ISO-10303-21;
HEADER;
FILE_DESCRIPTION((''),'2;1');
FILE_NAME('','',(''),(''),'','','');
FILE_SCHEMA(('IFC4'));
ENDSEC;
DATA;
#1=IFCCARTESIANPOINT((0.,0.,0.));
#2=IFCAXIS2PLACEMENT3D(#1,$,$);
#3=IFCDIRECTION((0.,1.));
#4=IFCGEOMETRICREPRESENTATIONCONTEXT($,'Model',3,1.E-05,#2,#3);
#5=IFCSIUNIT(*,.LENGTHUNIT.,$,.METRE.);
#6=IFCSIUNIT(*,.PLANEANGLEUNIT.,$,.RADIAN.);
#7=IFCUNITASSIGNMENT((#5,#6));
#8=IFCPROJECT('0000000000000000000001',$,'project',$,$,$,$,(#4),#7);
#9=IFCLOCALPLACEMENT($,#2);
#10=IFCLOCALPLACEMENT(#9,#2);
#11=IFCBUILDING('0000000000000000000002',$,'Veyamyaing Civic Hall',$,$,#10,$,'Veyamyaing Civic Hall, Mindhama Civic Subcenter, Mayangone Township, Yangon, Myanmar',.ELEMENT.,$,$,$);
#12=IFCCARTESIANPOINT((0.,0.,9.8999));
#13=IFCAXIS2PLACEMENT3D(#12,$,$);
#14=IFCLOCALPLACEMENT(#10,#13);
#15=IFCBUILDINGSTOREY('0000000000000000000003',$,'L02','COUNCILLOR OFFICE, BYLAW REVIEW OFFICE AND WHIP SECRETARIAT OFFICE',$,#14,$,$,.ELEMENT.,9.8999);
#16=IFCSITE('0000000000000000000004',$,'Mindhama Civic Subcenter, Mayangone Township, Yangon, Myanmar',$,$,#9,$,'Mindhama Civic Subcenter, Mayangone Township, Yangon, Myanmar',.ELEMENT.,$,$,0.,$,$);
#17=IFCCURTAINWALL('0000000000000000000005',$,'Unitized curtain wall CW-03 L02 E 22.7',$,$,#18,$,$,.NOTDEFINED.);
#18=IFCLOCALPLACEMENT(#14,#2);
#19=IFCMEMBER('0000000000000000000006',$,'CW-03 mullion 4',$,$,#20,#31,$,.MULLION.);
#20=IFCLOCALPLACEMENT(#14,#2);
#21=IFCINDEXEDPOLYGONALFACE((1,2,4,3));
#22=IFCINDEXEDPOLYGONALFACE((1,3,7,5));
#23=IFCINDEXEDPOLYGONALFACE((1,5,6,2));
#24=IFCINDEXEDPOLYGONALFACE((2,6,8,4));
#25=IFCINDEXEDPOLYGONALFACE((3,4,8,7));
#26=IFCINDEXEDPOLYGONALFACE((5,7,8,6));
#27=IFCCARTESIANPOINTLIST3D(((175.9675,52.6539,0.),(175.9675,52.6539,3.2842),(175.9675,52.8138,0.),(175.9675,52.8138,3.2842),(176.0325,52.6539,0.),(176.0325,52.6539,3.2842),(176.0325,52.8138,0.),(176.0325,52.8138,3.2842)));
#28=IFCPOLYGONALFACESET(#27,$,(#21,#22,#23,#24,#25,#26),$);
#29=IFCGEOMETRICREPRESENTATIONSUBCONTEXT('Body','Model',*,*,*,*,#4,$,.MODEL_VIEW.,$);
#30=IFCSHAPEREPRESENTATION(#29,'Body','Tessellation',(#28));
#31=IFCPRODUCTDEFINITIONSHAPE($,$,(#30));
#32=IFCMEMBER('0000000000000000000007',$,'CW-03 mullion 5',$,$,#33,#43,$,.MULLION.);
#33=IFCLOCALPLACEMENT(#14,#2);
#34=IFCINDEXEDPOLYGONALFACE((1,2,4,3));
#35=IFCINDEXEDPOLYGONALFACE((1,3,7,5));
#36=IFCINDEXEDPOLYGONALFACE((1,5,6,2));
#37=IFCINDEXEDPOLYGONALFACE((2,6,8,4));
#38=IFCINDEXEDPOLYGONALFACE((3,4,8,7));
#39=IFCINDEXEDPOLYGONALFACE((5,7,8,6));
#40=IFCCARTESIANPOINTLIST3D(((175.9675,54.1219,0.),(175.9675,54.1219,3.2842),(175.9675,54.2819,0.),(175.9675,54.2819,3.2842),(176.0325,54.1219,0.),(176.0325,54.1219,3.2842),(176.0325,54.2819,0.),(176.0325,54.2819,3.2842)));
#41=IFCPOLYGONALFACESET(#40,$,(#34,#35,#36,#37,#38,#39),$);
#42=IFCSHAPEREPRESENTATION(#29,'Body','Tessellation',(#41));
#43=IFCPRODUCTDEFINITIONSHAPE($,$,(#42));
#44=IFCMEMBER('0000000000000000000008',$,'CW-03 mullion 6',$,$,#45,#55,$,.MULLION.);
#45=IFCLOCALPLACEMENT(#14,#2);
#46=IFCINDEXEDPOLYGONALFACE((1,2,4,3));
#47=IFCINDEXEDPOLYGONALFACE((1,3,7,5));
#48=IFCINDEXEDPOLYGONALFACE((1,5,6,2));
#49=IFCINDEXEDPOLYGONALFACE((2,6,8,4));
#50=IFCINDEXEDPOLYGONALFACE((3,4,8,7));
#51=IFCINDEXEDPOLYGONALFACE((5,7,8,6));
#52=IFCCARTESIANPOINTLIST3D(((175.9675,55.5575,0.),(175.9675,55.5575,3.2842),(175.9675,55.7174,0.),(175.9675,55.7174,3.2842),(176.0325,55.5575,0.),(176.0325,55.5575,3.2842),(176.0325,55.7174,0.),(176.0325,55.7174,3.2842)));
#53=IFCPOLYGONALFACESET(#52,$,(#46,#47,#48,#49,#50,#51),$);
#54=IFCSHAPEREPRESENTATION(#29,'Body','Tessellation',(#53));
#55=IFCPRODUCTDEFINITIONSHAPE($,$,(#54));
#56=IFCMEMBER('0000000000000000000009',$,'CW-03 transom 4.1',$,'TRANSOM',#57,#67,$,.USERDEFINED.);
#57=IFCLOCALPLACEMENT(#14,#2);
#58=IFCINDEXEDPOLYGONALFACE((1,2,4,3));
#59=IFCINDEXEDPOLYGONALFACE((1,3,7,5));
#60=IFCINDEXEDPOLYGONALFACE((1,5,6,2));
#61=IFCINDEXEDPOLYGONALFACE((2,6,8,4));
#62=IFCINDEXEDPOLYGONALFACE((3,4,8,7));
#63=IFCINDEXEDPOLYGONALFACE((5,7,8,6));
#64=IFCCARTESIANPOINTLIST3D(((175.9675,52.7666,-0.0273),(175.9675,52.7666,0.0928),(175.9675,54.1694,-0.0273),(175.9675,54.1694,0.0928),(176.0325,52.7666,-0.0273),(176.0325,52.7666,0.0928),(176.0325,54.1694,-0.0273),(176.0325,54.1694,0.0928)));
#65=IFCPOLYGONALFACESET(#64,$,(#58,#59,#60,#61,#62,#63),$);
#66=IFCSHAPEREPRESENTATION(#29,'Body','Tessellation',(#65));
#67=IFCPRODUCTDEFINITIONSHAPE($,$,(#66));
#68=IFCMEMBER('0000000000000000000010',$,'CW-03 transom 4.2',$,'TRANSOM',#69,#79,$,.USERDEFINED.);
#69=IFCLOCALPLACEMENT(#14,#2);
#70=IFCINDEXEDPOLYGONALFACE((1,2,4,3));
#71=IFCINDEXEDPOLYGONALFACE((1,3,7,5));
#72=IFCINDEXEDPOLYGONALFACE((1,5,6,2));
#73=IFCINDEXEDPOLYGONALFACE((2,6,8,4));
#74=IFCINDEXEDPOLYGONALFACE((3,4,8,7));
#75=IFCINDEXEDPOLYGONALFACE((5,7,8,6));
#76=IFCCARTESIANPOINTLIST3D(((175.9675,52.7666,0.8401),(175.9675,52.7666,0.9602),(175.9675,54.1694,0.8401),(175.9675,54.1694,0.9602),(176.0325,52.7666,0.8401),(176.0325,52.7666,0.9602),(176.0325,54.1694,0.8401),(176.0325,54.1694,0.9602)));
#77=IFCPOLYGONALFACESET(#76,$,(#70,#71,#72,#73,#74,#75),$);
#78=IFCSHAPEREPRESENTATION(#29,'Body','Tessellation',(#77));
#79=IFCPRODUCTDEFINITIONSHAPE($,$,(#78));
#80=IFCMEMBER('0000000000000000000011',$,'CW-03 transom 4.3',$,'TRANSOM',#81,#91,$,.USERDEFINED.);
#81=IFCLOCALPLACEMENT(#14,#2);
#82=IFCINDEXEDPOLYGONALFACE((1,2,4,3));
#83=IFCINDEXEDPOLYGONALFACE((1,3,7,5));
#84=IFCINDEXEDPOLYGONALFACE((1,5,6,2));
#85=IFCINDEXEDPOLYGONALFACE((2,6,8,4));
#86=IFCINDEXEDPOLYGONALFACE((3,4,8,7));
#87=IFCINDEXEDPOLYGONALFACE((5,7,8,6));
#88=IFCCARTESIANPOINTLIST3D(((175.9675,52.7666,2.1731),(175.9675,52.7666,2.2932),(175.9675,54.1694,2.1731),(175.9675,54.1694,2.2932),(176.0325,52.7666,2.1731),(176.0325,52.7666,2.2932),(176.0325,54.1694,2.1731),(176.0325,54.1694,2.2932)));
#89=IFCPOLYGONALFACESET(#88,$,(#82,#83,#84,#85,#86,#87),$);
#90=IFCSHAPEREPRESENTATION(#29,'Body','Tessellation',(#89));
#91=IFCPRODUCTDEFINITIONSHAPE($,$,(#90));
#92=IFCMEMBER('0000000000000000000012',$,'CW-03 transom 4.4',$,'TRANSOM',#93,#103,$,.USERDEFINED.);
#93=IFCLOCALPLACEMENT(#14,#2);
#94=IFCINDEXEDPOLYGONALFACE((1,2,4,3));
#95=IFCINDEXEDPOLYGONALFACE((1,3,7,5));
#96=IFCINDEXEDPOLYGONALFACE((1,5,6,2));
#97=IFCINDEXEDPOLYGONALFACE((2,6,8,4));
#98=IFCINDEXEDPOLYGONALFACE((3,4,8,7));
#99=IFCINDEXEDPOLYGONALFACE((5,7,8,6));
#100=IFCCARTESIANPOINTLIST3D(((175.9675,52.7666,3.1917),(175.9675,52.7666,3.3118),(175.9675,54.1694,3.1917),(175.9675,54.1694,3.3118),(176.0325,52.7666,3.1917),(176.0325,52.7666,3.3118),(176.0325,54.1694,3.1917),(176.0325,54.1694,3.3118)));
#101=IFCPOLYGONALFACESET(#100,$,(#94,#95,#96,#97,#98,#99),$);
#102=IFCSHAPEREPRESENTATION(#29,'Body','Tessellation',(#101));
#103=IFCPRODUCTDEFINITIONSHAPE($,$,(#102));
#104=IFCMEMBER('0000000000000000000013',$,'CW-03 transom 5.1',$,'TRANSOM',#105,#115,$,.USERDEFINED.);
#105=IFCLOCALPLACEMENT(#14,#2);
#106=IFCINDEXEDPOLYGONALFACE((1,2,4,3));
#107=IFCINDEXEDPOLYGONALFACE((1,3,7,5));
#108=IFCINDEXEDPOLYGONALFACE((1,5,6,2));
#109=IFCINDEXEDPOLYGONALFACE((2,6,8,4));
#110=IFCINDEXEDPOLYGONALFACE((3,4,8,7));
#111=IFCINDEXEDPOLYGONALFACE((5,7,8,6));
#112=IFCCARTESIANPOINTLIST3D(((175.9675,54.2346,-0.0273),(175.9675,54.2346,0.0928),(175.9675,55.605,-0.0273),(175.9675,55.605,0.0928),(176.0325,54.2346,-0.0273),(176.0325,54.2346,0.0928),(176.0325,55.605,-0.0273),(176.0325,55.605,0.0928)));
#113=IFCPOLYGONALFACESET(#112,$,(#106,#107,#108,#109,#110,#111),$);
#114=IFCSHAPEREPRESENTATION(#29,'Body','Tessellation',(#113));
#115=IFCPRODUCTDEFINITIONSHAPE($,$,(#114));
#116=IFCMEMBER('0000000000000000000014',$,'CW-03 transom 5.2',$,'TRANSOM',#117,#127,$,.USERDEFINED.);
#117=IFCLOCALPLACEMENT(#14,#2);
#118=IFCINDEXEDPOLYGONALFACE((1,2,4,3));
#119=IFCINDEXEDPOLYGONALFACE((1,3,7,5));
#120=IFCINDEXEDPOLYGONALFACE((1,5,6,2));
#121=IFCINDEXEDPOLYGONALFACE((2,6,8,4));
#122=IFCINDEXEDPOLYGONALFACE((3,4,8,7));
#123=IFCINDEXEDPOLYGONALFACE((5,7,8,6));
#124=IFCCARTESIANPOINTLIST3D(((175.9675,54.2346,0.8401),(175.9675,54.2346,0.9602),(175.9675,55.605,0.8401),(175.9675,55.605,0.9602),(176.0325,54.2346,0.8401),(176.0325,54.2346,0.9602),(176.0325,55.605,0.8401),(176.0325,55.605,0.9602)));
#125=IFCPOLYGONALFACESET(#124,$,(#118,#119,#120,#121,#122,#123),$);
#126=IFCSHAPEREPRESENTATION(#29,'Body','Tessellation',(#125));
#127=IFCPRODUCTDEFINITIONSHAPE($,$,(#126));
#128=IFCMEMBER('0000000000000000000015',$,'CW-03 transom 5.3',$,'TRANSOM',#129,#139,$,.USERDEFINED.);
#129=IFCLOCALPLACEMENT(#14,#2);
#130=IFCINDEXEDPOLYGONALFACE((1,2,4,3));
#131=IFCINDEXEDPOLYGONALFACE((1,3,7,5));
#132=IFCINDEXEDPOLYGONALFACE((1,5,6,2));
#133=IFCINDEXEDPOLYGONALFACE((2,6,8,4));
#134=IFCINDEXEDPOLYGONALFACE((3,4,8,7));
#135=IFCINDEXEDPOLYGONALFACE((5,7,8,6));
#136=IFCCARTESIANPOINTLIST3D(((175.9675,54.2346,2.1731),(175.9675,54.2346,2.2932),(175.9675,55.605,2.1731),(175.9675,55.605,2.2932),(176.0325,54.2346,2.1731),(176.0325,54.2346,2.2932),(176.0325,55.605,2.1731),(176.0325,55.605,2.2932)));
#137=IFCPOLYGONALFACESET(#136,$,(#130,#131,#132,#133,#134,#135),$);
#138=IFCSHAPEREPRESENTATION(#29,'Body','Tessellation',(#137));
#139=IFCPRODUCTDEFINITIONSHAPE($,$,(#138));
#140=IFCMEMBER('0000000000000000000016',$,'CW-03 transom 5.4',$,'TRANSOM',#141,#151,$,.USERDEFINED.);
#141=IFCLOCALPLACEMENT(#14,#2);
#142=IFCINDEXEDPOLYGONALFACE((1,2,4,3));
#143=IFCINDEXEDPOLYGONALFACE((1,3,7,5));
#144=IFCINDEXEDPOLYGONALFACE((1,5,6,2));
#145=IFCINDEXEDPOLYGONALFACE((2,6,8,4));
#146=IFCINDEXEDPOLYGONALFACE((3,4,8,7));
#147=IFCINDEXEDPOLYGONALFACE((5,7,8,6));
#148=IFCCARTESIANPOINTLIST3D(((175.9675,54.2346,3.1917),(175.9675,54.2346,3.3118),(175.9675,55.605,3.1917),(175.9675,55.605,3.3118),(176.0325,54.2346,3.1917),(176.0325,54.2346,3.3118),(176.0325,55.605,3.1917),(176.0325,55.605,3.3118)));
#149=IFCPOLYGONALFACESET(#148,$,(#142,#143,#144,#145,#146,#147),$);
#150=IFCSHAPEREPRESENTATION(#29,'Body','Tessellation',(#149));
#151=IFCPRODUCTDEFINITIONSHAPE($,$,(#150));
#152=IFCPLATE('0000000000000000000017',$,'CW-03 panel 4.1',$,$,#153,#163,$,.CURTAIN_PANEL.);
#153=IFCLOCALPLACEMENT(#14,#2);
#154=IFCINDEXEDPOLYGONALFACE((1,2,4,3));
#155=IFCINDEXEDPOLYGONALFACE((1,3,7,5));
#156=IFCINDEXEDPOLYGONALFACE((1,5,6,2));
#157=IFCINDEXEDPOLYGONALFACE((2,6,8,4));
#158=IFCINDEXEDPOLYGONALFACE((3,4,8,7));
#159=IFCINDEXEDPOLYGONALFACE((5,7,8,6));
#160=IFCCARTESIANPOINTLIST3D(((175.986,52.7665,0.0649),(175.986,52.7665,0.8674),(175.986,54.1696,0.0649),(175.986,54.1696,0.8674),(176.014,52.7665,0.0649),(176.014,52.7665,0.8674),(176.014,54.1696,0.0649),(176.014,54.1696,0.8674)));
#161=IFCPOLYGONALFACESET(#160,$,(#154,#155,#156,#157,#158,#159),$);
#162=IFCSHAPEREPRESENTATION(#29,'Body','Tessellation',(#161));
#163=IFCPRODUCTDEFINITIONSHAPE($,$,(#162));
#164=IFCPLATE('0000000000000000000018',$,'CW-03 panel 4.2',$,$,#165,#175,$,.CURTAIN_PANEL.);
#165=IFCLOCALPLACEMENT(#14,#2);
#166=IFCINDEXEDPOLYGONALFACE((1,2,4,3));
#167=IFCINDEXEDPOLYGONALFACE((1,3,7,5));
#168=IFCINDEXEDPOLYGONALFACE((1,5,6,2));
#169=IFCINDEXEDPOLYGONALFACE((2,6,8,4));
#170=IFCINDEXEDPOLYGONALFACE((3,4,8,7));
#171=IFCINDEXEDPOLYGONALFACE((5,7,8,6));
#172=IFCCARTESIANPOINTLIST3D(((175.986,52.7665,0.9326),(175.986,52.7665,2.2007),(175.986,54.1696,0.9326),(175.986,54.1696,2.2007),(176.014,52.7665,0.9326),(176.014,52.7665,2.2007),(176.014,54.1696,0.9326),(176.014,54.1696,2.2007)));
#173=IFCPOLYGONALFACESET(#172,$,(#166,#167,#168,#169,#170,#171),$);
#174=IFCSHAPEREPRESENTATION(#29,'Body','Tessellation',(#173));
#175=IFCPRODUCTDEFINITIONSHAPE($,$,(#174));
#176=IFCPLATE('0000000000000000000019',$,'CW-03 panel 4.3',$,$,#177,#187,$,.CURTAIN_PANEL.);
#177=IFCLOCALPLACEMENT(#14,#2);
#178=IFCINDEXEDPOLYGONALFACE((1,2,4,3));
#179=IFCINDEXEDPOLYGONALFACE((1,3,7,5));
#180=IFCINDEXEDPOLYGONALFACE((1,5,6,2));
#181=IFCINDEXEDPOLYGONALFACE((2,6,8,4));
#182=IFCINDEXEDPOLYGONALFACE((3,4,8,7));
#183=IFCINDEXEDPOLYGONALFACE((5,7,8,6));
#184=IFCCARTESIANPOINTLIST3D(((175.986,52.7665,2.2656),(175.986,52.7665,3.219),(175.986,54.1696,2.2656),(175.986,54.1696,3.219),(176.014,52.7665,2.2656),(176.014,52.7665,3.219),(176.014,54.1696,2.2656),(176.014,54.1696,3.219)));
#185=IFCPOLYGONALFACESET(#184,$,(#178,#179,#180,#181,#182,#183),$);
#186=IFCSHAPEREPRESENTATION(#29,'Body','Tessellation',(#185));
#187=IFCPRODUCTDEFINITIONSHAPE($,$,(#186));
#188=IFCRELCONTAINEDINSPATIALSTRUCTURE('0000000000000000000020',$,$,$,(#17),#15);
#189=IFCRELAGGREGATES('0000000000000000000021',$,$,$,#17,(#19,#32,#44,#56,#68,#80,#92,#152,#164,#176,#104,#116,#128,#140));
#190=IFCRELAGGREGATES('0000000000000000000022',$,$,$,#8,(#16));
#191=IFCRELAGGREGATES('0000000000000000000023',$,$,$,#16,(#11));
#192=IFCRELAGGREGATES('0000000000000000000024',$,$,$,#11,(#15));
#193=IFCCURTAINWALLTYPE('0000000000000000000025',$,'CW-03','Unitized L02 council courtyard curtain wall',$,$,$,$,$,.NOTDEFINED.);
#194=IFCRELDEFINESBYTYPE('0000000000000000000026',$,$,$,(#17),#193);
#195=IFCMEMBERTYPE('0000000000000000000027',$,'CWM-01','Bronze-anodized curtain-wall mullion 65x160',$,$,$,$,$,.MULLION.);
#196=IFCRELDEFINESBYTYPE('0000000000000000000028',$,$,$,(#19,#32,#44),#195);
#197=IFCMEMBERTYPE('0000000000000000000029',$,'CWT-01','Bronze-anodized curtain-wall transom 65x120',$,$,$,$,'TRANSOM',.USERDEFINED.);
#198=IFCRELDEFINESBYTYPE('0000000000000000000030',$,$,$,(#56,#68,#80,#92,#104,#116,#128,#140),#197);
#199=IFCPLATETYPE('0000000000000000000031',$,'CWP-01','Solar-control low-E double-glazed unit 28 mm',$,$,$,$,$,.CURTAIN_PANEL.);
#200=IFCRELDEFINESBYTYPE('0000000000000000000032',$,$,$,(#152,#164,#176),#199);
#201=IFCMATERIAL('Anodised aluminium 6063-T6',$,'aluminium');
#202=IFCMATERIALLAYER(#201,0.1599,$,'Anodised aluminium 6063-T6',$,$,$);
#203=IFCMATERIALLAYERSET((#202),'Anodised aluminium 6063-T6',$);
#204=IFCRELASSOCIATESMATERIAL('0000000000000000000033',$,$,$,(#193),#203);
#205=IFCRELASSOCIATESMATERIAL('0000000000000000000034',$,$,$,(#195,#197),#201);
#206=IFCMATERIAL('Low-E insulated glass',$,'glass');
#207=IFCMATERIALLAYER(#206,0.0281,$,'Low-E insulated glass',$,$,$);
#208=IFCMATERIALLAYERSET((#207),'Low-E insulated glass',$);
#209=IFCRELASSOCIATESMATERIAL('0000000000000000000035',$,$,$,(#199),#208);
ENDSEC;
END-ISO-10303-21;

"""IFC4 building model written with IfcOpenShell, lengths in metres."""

from ifc_helpers import new_model, si_unit, direction, frame, origin, origin_2d, place, context, subcontext, project, spatial, rectangle, extrude, material, layer, layer_set, material_profile, profile_set, type_object, element, aggregate, save


model = new_model("IFC4")

# Units and contexts
model_context = context("Model", 3, precision=1e-05, world=origin(), true_north=direction((0.0, 1.0)))
body_context = subcontext(model_context, "Body", "Model", "MODEL_VIEW")
ifc_project = project(units=[si_unit("LENGTHUNIT", "METRE"), si_unit("PLANEANGLEUNIT", "RADIAN")], contexts=[model_context])

# Site, building, storey
site_placement = place(None, origin())
site = spatial("IfcSite", under=ifc_project, at=site_placement, Name="Mindhama Civic Subcenter, Mayangone Township, Yangon, Myanmar", LongName="Mindhama Civic Subcenter, Mayangone Township, Yangon, Myanmar", CompositionType="ELEMENT", RefElevation=0.0)
building_placement = place(site_placement, origin())
building = spatial("IfcBuilding", under=site, at=building_placement, Name="Veyamyaing Civic Hall", LongName="Veyamyaing Civic Hall, Mindhama Civic Subcenter, Mayangone Township, Yangon, Myanmar", CompositionType="ELEMENT")
storey_placement = place(building_placement, frame((0.0, 0.0, 9.8999)))
storey = spatial("IfcBuildingStorey", under=building, at=storey_placement, Name="L02", Description="COUNCILLOR OFFICE, BYLAW REVIEW OFFICE AND WHIP SECRETARIAT OFFICE", CompositionType="ELEMENT", Elevation=9.8999)

# Curtain wall, members, plates
ifc_material_1 = material(Name="Anodised aluminium 6063-T6", Category="aluminium")
ifc_layer_1 = layer(ifc_material_1, 0.1599, Name="Anodised aluminium 6063-T6")
ifc_layer_set_1 = layer_set([ifc_layer_1], Name="Anodised aluminium 6063-T6")
curtain_wall_type = type_object("IfcCurtainWallType", Name="CW-03", Description="Unitized L02 council courtyard curtain wall", PredefinedType="NOTDEFINED", material=ifc_layer_set_1)
curtain_wall_placement = place(storey_placement, origin())
curtain_wall = element("IfcCurtainWall", 1, at=curtain_wall_placement, inside=storey, type_object=curtain_wall_type, Name="Unitized curtain wall CW-03 L02 E 22.7", PredefinedType="NOTDEFINED")
ifc_material_profile_1 = material_profile(ifc_material_1, rectangle(XDim=0.0649, YDim=0.1599, at=origin_2d()), Name="ALU-MUL-65X160")
ifc_profile_set_1 = profile_set([ifc_material_profile_1], Name="Anodised aluminium 6063-T6")
member_type_1 = type_object("IfcMemberType", Name="CWM-01", Description="Bronze-anodized curtain-wall mullion 65x160", PredefinedType="MULLION", material=ifc_profile_set_1)
member_1_placement = place(storey_placement, frame((176.0, 52.7339, 0.0), z_axis=(0.0, 0.0, 1.0), x_axis=(-1.0, 0.0, 0.0)))
member_1 = element("IfcMember", 2, at=member_1_placement, type_object=member_type_1, Name="CW-03 mullion 4", PredefinedType="MULLION", context=body_context, shape_type="SweptSolid", body=[
    extrude(rectangle(XDim=0.0649, YDim=0.1599, at=origin_2d()), origin(), (0.0, 0.0, 1.0), 3.2842),
])
member_2_placement = place(storey_placement, frame((176.0, 54.2019, 0.0), z_axis=(0.0, 0.0, 1.0), x_axis=(-1.0, 0.0, 0.0)))
member_2 = element("IfcMember", 3, at=member_2_placement, type_object=member_type_1, Name="CW-03 mullion 5", PredefinedType="MULLION", context=body_context, shape_type="SweptSolid", body=[
    extrude(rectangle(XDim=0.0649, YDim=0.1599, at=origin_2d()), origin(), (0.0, 0.0, 1.0), 3.2842),
])
member_3_placement = place(storey_placement, frame((176.0, 55.6375, 0.0), z_axis=(0.0, 0.0, 1.0), x_axis=(-1.0, 0.0, 0.0)))
member_3 = element("IfcMember", 4, at=member_3_placement, type_object=member_type_1, Name="CW-03 mullion 6", PredefinedType="MULLION", context=body_context, shape_type="SweptSolid", body=[
    extrude(rectangle(XDim=0.0649, YDim=0.1599, at=origin_2d()), origin(), (0.0, 0.0, 1.0), 3.2842),
])
ifc_material_profile_2 = material_profile(ifc_material_1, rectangle(XDim=0.0649, YDim=0.1201, at=origin_2d()), Name="ALU-TRN-65X120")
ifc_profile_set_2 = profile_set([ifc_material_profile_2], Name="Anodised aluminium 6063-T6")
member_type_2 = type_object("IfcMemberType", Name="CWT-01", Description="Bronze-anodized curtain-wall transom 65x120", ElementType="TRANSOM", PredefinedType="USERDEFINED", material=ifc_profile_set_2)
member_4_placement = place(storey_placement, frame((176.0, 52.7666, 0.0327), z_axis=(0.0, 1.0, 0.0), x_axis=(-1.0, 0.0, 0.0)))
member_4 = element("IfcMember", 5, at=member_4_placement, type_object=member_type_2, Name="CW-03 transom 4.1", ObjectType="TRANSOM", PredefinedType="USERDEFINED", context=body_context, shape_type="SweptSolid", body=[
    extrude(rectangle(XDim=0.0649, YDim=0.1201, at=origin_2d()), origin(), (0.0, 0.0, 1.0), 1.4028),
])
member_5_placement = place(storey_placement, frame((176.0, 52.7666, 0.9001), z_axis=(0.0, 1.0, 0.0), x_axis=(-1.0, 0.0, 0.0)))
member_5 = element("IfcMember", 6, at=member_5_placement, type_object=member_type_2, Name="CW-03 transom 4.2", ObjectType="TRANSOM", PredefinedType="USERDEFINED", context=body_context, shape_type="SweptSolid", body=[
    extrude(rectangle(XDim=0.0649, YDim=0.1201, at=origin_2d()), origin(), (0.0, 0.0, 1.0), 1.4028),
])
member_6_placement = place(storey_placement, frame((176.0, 52.7666, 2.2332), z_axis=(0.0, 1.0, 0.0), x_axis=(-1.0, 0.0, 0.0)))
member_6 = element("IfcMember", 7, at=member_6_placement, type_object=member_type_2, Name="CW-03 transom 4.3", ObjectType="TRANSOM", PredefinedType="USERDEFINED", context=body_context, shape_type="SweptSolid", body=[
    extrude(rectangle(XDim=0.0649, YDim=0.1201, at=origin_2d()), origin(), (0.0, 0.0, 1.0), 1.4028),
])
member_7_placement = place(storey_placement, frame((176.0, 52.7666, 3.2517), z_axis=(0.0, 1.0, 0.0), x_axis=(-1.0, 0.0, 0.0)))
member_7 = element("IfcMember", 8, at=member_7_placement, type_object=member_type_2, Name="CW-03 transom 4.4", ObjectType="TRANSOM", PredefinedType="USERDEFINED", context=body_context, shape_type="SweptSolid", body=[
    extrude(rectangle(XDim=0.0649, YDim=0.1201, at=origin_2d()), origin(), (0.0, 0.0, 1.0), 1.4028),
])
member_8_placement = place(storey_placement, frame((176.0, 54.2346, 0.0327), z_axis=(0.0, 1.0, 0.0), x_axis=(-1.0, 0.0, 0.0)))
member_8 = element("IfcMember", 9, at=member_8_placement, type_object=member_type_2, Name="CW-03 transom 5.1", ObjectType="TRANSOM", PredefinedType="USERDEFINED", context=body_context, shape_type="SweptSolid", body=[
    extrude(rectangle(XDim=0.0649, YDim=0.1201, at=origin_2d()), origin(), (0.0, 0.0, 1.0), 1.3704),
])
member_9_placement = place(storey_placement, frame((176.0, 54.2346, 0.9001), z_axis=(0.0, 1.0, 0.0), x_axis=(-1.0, 0.0, 0.0)))
member_9 = element("IfcMember", 10, at=member_9_placement, type_object=member_type_2, Name="CW-03 transom 5.2", ObjectType="TRANSOM", PredefinedType="USERDEFINED", context=body_context, shape_type="SweptSolid", body=[
    extrude(rectangle(XDim=0.0649, YDim=0.1201, at=origin_2d()), origin(), (0.0, 0.0, 1.0), 1.3704),
])
member_10_placement = place(storey_placement, frame((176.0, 54.2346, 2.2332), z_axis=(0.0, 1.0, 0.0), x_axis=(-1.0, 0.0, 0.0)))
member_10 = element("IfcMember", 11, at=member_10_placement, type_object=member_type_2, Name="CW-03 transom 5.3", ObjectType="TRANSOM", PredefinedType="USERDEFINED", context=body_context, shape_type="SweptSolid", body=[
    extrude(rectangle(XDim=0.0649, YDim=0.1201, at=origin_2d()), origin(), (0.0, 0.0, 1.0), 1.3704),
])
member_11_placement = place(storey_placement, frame((176.0, 54.2346, 3.2517), z_axis=(0.0, 1.0, 0.0), x_axis=(-1.0, 0.0, 0.0)))
member_11 = element("IfcMember", 12, at=member_11_placement, type_object=member_type_2, Name="CW-03 transom 5.4", ObjectType="TRANSOM", PredefinedType="USERDEFINED", context=body_context, shape_type="SweptSolid", body=[
    extrude(rectangle(XDim=0.0649, YDim=0.1201, at=origin_2d()), origin(), (0.0, 0.0, 1.0), 1.3704),
])
ifc_material_2 = material(Name="Low-E insulated glass", Category="glass")
ifc_layer_2 = layer(ifc_material_2, 0.0281, Name="Low-E insulated glass")
ifc_layer_set_2 = layer_set([ifc_layer_2], Name="Low-E insulated glass")
plate_type = type_object("IfcPlateType", Name="CWP-01", Description="Solar-control low-E double-glazed unit 28 mm", PredefinedType="CURTAIN_PANEL", material=ifc_layer_set_2)
plate_1_placement = place(storey_placement, frame((176.0, 53.468, 0.0649), z_axis=(0.0, 0.0, 1.0), x_axis=(0.0, 1.0, 0.0)))
plate_1 = element("IfcPlate", 13, at=plate_1_placement, type_object=plate_type, Name="CW-03 panel 4.1", PredefinedType="CURTAIN_PANEL", context=body_context, shape_type="SweptSolid", body=[
    extrude(rectangle(XDim=1.4031, YDim=0.0281, at=origin_2d()), origin(), (0.0, 0.0, 1.0), 0.8025),
])
plate_2_placement = place(storey_placement, frame((176.0, 53.468, 0.9326), z_axis=(0.0, 0.0, 1.0), x_axis=(0.0, 1.0, 0.0)))
plate_2 = element("IfcPlate", 14, at=plate_2_placement, type_object=plate_type, Name="CW-03 panel 4.2", PredefinedType="CURTAIN_PANEL", context=body_context, shape_type="SweptSolid", body=[
    extrude(rectangle(XDim=1.4031, YDim=0.0281, at=origin_2d()), origin(), (0.0, 0.0, 1.0), 1.2681),
])
plate_3_placement = place(storey_placement, frame((176.0, 53.468, 2.2656), z_axis=(0.0, 0.0, 1.0), x_axis=(0.0, 1.0, 0.0)))
plate_3 = element("IfcPlate", 15, at=plate_3_placement, type_object=plate_type, Name="CW-03 panel 4.3", PredefinedType="CURTAIN_PANEL", context=body_context, shape_type="SweptSolid", body=[
    extrude(rectangle(XDim=1.4031, YDim=0.0281, at=origin_2d()), origin(), (0.0, 0.0, 1.0), 0.9534),
])
aggregate(curtain_wall, [member_1, member_2, member_3, member_4, member_5, member_6, member_7, plate_1, plate_2, plate_3, member_8, member_9, member_10, member_11])

save(model, "model.ifc")
